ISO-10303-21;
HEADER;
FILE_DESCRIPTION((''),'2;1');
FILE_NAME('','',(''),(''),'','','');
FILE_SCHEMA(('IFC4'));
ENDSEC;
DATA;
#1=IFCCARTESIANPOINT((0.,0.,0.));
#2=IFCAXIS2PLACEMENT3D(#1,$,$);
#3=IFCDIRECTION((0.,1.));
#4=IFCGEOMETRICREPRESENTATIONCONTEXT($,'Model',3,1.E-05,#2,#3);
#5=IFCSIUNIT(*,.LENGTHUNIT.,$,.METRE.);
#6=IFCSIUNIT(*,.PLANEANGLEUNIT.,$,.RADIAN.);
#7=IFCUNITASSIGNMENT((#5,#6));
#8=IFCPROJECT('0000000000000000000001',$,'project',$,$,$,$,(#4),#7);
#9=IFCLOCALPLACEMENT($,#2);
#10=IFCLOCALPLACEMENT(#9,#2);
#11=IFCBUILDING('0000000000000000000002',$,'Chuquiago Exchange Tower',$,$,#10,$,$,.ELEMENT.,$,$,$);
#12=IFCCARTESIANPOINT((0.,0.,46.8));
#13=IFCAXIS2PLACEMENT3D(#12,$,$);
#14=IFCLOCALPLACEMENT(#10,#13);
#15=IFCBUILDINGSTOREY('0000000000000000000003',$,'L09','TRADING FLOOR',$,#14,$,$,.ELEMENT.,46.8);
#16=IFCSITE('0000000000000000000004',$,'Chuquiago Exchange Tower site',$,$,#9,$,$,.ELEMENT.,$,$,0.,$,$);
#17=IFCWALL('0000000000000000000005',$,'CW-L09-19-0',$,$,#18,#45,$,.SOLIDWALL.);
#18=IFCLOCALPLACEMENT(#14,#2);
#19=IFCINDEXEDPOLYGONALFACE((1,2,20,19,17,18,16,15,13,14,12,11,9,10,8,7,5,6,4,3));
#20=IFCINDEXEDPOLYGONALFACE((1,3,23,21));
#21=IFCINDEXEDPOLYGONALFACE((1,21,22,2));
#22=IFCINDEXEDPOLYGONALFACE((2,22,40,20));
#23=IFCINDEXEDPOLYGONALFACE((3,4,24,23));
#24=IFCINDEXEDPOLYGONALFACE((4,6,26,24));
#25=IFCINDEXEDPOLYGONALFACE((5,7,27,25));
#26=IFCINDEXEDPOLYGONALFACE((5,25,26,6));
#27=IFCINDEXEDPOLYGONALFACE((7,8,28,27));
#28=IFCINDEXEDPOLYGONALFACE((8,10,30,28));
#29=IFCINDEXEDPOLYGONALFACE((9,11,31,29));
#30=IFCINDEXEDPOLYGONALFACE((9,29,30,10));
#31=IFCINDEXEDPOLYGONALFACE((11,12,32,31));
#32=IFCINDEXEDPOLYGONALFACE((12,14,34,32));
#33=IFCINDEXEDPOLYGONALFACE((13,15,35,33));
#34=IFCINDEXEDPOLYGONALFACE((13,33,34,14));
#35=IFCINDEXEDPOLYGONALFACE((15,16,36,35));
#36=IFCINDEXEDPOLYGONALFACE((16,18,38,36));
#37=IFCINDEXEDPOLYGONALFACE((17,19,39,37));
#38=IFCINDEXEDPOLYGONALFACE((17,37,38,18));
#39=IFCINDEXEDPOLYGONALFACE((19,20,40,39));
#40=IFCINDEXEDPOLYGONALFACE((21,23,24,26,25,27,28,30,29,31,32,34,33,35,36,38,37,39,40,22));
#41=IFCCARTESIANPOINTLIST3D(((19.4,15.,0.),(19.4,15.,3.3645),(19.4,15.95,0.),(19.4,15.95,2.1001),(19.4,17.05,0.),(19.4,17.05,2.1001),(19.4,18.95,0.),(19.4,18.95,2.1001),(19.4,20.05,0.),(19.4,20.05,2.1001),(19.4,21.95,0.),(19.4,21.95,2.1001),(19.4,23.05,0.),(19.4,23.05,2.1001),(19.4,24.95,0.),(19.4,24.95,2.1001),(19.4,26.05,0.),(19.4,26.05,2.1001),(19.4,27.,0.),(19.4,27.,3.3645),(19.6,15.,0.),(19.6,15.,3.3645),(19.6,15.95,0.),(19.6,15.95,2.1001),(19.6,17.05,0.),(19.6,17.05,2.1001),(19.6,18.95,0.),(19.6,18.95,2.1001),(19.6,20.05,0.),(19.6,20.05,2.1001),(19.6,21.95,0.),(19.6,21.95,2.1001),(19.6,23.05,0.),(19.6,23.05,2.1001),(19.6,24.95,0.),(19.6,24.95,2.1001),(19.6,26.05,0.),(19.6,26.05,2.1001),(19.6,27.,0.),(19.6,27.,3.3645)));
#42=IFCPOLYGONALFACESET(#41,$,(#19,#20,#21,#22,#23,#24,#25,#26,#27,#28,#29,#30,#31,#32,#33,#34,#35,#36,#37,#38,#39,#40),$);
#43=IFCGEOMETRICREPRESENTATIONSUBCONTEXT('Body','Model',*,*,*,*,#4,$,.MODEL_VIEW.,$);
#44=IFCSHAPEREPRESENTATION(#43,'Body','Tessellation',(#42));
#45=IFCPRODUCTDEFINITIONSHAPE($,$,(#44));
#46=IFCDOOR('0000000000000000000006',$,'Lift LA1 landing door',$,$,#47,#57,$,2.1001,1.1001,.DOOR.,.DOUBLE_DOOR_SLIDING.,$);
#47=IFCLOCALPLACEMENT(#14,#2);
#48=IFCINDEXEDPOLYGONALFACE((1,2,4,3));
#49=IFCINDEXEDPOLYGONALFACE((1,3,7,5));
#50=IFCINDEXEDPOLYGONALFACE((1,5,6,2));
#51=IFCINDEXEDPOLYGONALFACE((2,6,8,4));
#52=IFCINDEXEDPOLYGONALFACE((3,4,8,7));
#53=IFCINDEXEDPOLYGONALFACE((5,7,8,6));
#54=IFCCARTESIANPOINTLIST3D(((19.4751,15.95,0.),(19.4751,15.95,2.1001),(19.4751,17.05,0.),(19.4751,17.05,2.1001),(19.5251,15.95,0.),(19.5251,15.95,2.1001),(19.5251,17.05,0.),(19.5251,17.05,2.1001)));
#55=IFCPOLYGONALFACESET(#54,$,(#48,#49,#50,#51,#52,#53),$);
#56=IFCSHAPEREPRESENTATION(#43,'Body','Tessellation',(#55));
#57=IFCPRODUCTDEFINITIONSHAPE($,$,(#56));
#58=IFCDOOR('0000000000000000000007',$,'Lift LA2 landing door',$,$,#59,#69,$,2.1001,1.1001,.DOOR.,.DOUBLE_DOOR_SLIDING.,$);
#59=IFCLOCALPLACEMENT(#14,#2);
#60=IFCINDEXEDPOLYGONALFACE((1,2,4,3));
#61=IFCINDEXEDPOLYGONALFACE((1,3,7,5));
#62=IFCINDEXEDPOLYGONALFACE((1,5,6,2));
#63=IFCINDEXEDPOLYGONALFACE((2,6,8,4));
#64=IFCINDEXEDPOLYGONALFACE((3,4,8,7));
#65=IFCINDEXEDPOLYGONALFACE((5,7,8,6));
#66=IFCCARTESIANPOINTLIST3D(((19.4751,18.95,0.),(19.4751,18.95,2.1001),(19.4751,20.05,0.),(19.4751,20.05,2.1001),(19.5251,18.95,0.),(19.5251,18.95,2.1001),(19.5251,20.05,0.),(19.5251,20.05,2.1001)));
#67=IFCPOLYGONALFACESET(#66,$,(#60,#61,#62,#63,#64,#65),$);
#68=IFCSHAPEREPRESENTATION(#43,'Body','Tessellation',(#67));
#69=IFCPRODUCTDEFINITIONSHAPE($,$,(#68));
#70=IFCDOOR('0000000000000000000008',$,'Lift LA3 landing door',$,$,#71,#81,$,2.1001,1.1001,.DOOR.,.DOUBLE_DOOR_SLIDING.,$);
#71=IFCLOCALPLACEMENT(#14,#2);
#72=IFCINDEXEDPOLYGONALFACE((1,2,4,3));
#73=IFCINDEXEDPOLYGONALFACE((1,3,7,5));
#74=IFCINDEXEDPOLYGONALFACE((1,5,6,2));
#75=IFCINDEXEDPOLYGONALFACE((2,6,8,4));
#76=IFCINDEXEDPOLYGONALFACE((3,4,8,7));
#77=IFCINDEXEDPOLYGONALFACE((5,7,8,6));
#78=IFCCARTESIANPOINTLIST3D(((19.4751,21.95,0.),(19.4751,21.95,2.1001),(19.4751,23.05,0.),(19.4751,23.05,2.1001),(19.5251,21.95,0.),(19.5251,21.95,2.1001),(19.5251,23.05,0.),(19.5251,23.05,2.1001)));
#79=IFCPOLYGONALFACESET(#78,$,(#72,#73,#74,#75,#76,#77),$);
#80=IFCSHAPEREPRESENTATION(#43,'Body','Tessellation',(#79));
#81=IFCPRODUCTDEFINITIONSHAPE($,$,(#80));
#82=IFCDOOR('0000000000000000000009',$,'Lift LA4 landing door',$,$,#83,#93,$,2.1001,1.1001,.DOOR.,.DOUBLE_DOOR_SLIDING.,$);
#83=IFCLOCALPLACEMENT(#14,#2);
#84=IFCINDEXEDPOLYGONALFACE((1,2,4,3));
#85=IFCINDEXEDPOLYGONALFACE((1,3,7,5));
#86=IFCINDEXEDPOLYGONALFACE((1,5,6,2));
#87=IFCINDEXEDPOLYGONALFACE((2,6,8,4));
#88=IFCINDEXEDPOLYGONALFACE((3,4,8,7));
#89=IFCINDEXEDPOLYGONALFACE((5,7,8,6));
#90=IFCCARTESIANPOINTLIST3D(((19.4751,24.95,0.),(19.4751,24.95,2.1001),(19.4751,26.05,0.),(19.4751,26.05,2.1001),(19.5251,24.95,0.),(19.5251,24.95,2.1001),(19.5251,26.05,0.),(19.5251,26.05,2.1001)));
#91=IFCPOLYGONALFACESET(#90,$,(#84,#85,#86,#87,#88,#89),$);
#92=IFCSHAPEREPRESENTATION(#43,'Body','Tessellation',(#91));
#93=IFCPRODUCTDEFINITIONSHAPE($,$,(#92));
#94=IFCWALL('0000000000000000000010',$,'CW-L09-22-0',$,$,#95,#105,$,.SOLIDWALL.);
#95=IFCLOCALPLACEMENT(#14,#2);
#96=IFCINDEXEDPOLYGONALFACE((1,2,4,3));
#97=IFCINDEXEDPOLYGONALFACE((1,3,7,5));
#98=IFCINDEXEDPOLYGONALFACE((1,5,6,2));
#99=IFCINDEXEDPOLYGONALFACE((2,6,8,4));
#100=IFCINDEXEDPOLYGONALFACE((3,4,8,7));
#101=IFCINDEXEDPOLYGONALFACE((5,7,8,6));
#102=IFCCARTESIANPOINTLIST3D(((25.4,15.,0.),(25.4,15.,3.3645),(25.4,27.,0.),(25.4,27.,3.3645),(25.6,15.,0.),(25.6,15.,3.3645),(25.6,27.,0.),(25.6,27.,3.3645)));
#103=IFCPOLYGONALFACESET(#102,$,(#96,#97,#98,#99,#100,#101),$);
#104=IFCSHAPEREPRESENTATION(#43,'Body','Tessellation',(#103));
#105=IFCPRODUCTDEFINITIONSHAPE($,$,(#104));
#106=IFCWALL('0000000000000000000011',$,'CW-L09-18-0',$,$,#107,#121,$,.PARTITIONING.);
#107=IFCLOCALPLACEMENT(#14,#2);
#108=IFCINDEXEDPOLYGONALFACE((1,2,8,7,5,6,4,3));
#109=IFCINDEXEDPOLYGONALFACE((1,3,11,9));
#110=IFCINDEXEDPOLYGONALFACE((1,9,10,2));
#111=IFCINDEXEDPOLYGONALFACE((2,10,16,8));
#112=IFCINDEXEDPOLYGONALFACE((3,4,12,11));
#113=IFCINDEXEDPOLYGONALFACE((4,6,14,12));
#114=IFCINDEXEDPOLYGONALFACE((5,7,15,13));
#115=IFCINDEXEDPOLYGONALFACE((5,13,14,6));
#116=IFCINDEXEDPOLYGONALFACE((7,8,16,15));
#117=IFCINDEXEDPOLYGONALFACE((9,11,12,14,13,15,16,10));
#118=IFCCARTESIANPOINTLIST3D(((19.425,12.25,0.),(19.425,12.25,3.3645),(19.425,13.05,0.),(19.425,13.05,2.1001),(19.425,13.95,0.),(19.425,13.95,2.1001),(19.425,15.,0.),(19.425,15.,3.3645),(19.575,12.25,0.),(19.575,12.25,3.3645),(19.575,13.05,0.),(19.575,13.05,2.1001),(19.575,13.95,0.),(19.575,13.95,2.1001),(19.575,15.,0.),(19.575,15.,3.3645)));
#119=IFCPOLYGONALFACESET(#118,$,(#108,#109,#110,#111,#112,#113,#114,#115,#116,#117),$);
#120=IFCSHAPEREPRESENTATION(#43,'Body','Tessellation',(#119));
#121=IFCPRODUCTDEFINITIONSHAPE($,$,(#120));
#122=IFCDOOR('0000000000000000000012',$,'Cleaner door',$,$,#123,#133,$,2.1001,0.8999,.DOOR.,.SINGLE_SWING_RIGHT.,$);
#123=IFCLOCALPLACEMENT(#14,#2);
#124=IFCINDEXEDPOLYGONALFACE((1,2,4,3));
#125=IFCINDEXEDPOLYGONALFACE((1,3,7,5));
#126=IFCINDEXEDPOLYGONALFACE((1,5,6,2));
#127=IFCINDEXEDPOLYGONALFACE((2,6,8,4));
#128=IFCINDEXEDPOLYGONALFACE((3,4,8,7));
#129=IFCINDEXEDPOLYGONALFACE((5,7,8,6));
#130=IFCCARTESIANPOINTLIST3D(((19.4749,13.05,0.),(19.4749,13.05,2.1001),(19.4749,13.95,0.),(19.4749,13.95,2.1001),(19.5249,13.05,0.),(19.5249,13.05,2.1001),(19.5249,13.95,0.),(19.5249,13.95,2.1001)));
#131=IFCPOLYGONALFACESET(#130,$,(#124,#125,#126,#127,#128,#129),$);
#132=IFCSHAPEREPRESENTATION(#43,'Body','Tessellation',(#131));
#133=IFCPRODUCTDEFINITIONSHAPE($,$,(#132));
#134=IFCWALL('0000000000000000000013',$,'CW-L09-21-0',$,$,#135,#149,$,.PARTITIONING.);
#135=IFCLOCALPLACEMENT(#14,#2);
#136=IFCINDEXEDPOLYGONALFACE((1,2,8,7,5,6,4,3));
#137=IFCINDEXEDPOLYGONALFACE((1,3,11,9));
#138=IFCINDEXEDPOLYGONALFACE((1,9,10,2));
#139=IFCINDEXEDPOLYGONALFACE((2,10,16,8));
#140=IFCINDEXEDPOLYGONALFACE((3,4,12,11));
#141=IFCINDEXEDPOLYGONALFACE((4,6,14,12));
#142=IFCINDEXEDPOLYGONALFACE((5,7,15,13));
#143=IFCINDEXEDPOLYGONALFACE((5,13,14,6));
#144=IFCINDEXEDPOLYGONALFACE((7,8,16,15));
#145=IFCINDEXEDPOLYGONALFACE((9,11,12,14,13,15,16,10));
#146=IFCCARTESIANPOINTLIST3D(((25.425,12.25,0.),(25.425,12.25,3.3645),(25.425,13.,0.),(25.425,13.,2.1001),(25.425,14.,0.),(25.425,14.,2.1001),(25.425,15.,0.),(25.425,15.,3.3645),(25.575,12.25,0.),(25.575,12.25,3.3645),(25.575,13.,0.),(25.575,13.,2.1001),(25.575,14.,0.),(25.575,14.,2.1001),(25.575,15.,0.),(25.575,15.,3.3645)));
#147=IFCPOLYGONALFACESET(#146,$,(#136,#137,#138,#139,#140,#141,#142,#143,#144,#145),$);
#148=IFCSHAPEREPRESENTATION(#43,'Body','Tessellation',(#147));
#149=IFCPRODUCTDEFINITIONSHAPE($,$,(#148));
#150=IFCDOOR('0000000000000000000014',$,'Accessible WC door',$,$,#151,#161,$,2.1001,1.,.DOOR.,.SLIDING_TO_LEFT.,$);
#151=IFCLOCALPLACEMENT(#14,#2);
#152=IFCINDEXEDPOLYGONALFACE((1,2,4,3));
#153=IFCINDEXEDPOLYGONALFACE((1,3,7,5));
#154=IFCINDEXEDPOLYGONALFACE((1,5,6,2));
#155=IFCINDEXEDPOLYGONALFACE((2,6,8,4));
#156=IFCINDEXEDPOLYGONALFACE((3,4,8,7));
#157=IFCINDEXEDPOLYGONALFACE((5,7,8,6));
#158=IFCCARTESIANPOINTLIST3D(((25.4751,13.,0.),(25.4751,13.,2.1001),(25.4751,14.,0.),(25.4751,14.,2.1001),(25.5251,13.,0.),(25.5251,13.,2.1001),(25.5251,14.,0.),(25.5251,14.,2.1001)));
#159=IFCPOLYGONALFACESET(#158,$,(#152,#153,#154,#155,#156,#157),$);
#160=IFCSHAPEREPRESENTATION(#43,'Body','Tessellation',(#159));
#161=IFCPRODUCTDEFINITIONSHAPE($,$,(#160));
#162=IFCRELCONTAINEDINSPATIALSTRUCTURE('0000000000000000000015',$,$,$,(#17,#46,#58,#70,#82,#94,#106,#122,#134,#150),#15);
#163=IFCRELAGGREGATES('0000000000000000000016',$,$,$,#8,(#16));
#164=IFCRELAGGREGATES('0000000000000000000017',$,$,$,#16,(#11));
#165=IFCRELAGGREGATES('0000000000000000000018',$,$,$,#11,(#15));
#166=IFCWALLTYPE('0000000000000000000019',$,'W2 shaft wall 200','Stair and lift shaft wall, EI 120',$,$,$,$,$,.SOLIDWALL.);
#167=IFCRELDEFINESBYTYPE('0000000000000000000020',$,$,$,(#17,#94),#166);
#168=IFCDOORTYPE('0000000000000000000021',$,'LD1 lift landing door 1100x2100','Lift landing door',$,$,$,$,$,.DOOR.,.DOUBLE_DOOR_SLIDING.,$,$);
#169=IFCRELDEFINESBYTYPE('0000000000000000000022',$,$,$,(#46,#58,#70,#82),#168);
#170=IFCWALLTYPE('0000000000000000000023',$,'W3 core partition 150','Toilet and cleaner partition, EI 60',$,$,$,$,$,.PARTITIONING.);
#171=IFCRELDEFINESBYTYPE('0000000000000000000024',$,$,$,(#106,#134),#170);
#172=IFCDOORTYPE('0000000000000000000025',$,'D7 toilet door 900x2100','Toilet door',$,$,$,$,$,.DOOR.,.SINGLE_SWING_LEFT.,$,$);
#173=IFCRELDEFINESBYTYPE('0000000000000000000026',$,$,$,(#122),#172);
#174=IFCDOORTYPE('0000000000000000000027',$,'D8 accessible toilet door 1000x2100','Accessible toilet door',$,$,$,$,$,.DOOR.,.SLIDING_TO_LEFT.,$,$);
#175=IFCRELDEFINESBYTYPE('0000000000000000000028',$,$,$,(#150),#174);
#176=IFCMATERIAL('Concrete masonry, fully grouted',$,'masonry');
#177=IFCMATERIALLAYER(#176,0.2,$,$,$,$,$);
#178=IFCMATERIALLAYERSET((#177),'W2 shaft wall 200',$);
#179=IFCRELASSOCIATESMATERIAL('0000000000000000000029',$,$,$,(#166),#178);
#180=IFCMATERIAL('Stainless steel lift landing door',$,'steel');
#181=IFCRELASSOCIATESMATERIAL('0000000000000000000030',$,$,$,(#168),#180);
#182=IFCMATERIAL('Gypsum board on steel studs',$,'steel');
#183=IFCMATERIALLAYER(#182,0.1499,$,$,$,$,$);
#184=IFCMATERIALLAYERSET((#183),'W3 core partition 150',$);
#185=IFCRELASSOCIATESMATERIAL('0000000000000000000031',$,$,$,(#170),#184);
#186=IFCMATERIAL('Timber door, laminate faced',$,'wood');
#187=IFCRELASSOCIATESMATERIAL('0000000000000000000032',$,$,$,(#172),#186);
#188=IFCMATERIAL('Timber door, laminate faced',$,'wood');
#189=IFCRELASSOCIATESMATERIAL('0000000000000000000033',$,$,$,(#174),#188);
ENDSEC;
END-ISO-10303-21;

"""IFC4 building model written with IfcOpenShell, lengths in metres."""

from ifc_helpers import new_model, si_unit, direction, frame, frame_2d, origin, place, context, subcontext, project, spatial, rectangle, extrude, material, layer, layer_set, type_object, element, fill, save


model = new_model("IFC4")

# Units and contexts
model_context = context("Model", 3, precision=1e-05, world=origin(), true_north=direction((0.0, 1.0)))
body_context = subcontext(model_context, "Body", "Model", "MODEL_VIEW")
ifc_project = project(units=[si_unit("LENGTHUNIT", "METRE"), si_unit("PLANEANGLEUNIT", "RADIAN")], contexts=[model_context])

# Site, building, storey
site_placement = place(None, origin())
site = spatial("IfcSite", under=ifc_project, at=site_placement, Name="Chuquiago Exchange Tower site", CompositionType="ELEMENT", RefElevation=0.0)
building_placement = place(site_placement, origin())
building = spatial("IfcBuilding", under=site, at=building_placement, Name="Chuquiago Exchange Tower", CompositionType="ELEMENT")
storey_placement = place(building_placement, frame((0.0, 0.0, 46.8)))
storey = spatial("IfcBuildingStorey", under=building, at=storey_placement, Name="L09", Description="TRADING FLOOR", CompositionType="ELEMENT", Elevation=46.8)

# Shared definitions
ifc_material_1 = material(Name="Concrete masonry, fully grouted", Category="masonry")
ifc_layer_1 = layer(ifc_material_1, 0.2)
ifc_layer_set_1 = layer_set([ifc_layer_1], Name="W2 shaft wall 200")
wall_type_1 = type_object("IfcWallType", Name="W2 shaft wall 200", Description="Stair and lift shaft wall, EI 120", PredefinedType="SOLIDWALL", material=ifc_layer_set_1)

# Wall, openings, doors
wall_1_placement = place(storey_placement, frame((19.5, 15.0, 0.0), z_axis=(0.0, 0.0, 1.0), x_axis=(0.0, 1.0, 0.0)))
wall_1 = element("IfcWall", 1, at=wall_1_placement, inside=storey, type_object=wall_type_1, Name="CW-L09-19-0", PredefinedType="SOLIDWALL", context=body_context, shape_type="SweptSolid", body=[
    extrude(rectangle(XDim=12.0, YDim=0.2, at=frame_2d((6.0, 0.0))), origin(), (0.0, 0.0, 1.0), 3.3645),
])
opening_1_placement = place(wall_1_placement, frame((0.95, 0.0, 0.0)))
opening_1 = element("IfcOpeningElement", 2, at=opening_1_placement, cuts=wall_1, PredefinedType="OPENING", context=body_context, shape_type="SweptSolid", body=[
    extrude(rectangle(XDim=1.1001, YDim=2.1001, at=frame_2d((0.55, 1.05))), frame((0.0, 0.1099, 0.0), z_axis=(0.0, -1.0, 0.0), x_axis=(1.0, 0.0, 0.0)), (0.0, 0.0, 1.0), 0.22),
])
opening_2_placement = place(wall_1_placement, frame((3.95, 0.0, 0.0)))
opening_2 = element("IfcOpeningElement", 3, at=opening_2_placement, cuts=wall_1, PredefinedType="OPENING", context=body_context, shape_type="SweptSolid", body=[
    extrude(rectangle(XDim=1.1001, YDim=2.1001, at=frame_2d((0.55, 1.05))), frame((0.0, 0.1099, 0.0), z_axis=(0.0, -1.0, 0.0), x_axis=(1.0, 0.0, 0.0)), (0.0, 0.0, 1.0), 0.22),
])
opening_3_placement = place(wall_1_placement, frame((6.95, 0.0, 0.0)))
opening_3 = element("IfcOpeningElement", 4, at=opening_3_placement, cuts=wall_1, PredefinedType="OPENING", context=body_context, shape_type="SweptSolid", body=[
    extrude(rectangle(XDim=1.1001, YDim=2.1001, at=frame_2d((0.55, 1.05))), frame((0.0, 0.1099, 0.0), z_axis=(0.0, -1.0, 0.0), x_axis=(1.0, 0.0, 0.0)), (0.0, 0.0, 1.0), 0.22),
])
opening_4_placement = place(wall_1_placement, frame((9.95, 0.0, 0.0)))
opening_4 = element("IfcOpeningElement", 5, at=opening_4_placement, cuts=wall_1, PredefinedType="OPENING", context=body_context, shape_type="SweptSolid", body=[
    extrude(rectangle(XDim=1.1001, YDim=2.1001, at=frame_2d((0.55, 1.05))), frame((0.0, 0.1099, 0.0), z_axis=(0.0, -1.0, 0.0), x_axis=(1.0, 0.0, 0.0)), (0.0, 0.0, 1.0), 0.22),
])
ifc_material_2 = material(Name="Stainless steel lift landing door", Category="steel")
door_type_1 = type_object("IfcDoorType", Name="LD1 lift landing door 1100x2100", Description="Lift landing door", OperationType="DOUBLE_DOOR_SLIDING", PredefinedType="DOOR", material=ifc_material_2)
door_1_placement = place(opening_1_placement, origin())
door_1 = element("IfcDoor", 6, at=door_1_placement, inside=storey, type_object=door_type_1, Name="Lift LA1 landing door", OperationType="DOUBLE_DOOR_SLIDING", OverallHeight=2.1001, OverallWidth=1.1001, PredefinedType="DOOR", context=body_context, shape_type="SweptSolid", body=[
    extrude(rectangle(XDim=1.1001, YDim=2.1001, at=frame_2d((0.55, 1.05))), frame((0.0, 0.0249, 0.0), z_axis=(0.0, -1.0, 0.0), x_axis=(1.0, 0.0, 0.0)), (0.0, 0.0, 1.0), 0.05),
])
fill(opening_1, door_1)
door_2_placement = place(opening_2_placement, origin())
door_2 = element("IfcDoor", 7, at=door_2_placement, inside=storey, type_object=door_type_1, Name="Lift LA2 landing door", OperationType="DOUBLE_DOOR_SLIDING", OverallHeight=2.1001, OverallWidth=1.1001, PredefinedType="DOOR", context=body_context, shape_type="SweptSolid", body=[
    extrude(rectangle(XDim=1.1001, YDim=2.1001, at=frame_2d((0.55, 1.05))), frame((0.0, 0.0249, 0.0), z_axis=(0.0, -1.0, 0.0), x_axis=(1.0, 0.0, 0.0)), (0.0, 0.0, 1.0), 0.05),
])
fill(opening_2, door_2)
door_3_placement = place(opening_3_placement, origin())
door_3 = element("IfcDoor", 8, at=door_3_placement, inside=storey, type_object=door_type_1, Name="Lift LA3 landing door", OperationType="DOUBLE_DOOR_SLIDING", OverallHeight=2.1001, OverallWidth=1.1001, PredefinedType="DOOR", context=body_context, shape_type="SweptSolid", body=[
    extrude(rectangle(XDim=1.1001, YDim=2.1001, at=frame_2d((0.55, 1.05))), frame((0.0, 0.0249, 0.0), z_axis=(0.0, -1.0, 0.0), x_axis=(1.0, 0.0, 0.0)), (0.0, 0.0, 1.0), 0.05),
])
fill(opening_3, door_3)
door_4_placement = place(opening_4_placement, origin())
door_4 = element("IfcDoor", 9, at=door_4_placement, inside=storey, type_object=door_type_1, Name="Lift LA4 landing door", OperationType="DOUBLE_DOOR_SLIDING", OverallHeight=2.1001, OverallWidth=1.1001, PredefinedType="DOOR", context=body_context, shape_type="SweptSolid", body=[
    extrude(rectangle(XDim=1.1001, YDim=2.1001, at=frame_2d((0.55, 1.05))), frame((0.0, 0.0249, 0.0), z_axis=(0.0, -1.0, 0.0), x_axis=(1.0, 0.0, 0.0)), (0.0, 0.0, 1.0), 0.05),
])
fill(opening_4, door_4)

# Wall
wall_2_placement = place(storey_placement, frame((25.5, 15.0, 0.0), z_axis=(0.0, 0.0, 1.0), x_axis=(0.0, 1.0, 0.0)))
element("IfcWall", 10, at=wall_2_placement, inside=storey, type_object=wall_type_1, Name="CW-L09-22-0", PredefinedType="SOLIDWALL", context=body_context, shape_type="SweptSolid", body=[
    extrude(rectangle(XDim=12.0, YDim=0.2, at=frame_2d((6.0, 0.0))), origin(), (0.0, 0.0, 1.0), 3.3645),
])

# Walls, openings, doors
ifc_material_3 = material(Name="Gypsum board on steel studs", Category="steel")
ifc_layer_2 = layer(ifc_material_3, 0.1499)
ifc_layer_set_2 = layer_set([ifc_layer_2], Name="W3 core partition 150")
wall_type_2 = type_object("IfcWallType", Name="W3 core partition 150", Description="Toilet and cleaner partition, EI 60", PredefinedType="PARTITIONING", material=ifc_layer_set_2)
wall_3_placement = place(storey_placement, frame((19.5, 12.25, 0.0), z_axis=(0.0, 0.0, 1.0), x_axis=(0.0, 1.0, 0.0)))
wall_3 = element("IfcWall", 11, at=wall_3_placement, inside=storey, type_object=wall_type_2, Name="CW-L09-18-0", PredefinedType="PARTITIONING", context=body_context, shape_type="SweptSolid", body=[
    extrude(rectangle(XDim=2.75, YDim=0.1499, at=frame_2d((1.375, 0.0))), origin(), (0.0, 0.0, 1.0), 3.3645),
])
opening_5_placement = place(wall_3_placement, frame((0.8, 0.0, 0.0)))
opening_5 = element("IfcOpeningElement", 12, at=opening_5_placement, cuts=wall_3, PredefinedType="OPENING", context=body_context, shape_type="SweptSolid", body=[
    extrude(rectangle(XDim=0.8999, YDim=2.1001, at=frame_2d((0.45, 1.05))), frame((0.0, 0.085, 0.0), z_axis=(0.0, -1.0, 0.0), x_axis=(1.0, 0.0, 0.0)), (0.0, 0.0, 1.0), 0.1699),
])
ifc_material_4 = material(Name="Timber door, laminate faced", Category="wood")
door_type_2 = type_object("IfcDoorType", Name="D7 toilet door 900x2100", Description="Toilet door", OperationType="SINGLE_SWING_LEFT", PredefinedType="DOOR", material=ifc_material_4)
door_5_placement = place(opening_5_placement, frame((0.8999, 0.0, 0.0), z_axis=(0.0, 0.0, 1.0), x_axis=(-1.0, 0.0, 0.0)))
door_5 = element("IfcDoor", 13, at=door_5_placement, inside=storey, type_object=door_type_2, Name="Cleaner door", OperationType="SINGLE_SWING_RIGHT", OverallHeight=2.1001, OverallWidth=0.8999, PredefinedType="DOOR", context=body_context, shape_type="SweptSolid", body=[
    extrude(rectangle(XDim=0.8999, YDim=2.1001, at=frame_2d((0.45, 1.05))), frame((0.0, 0.0249, 0.0), z_axis=(0.0, -1.0, 0.0), x_axis=(1.0, 0.0, 0.0)), (0.0, 0.0, 1.0), 0.05),
])
fill(opening_5, door_5)
wall_4_placement = place(storey_placement, frame((25.5, 12.25, 0.0), z_axis=(0.0, 0.0, 1.0), x_axis=(0.0, 1.0, 0.0)))
wall_4 = element("IfcWall", 14, at=wall_4_placement, inside=storey, type_object=wall_type_2, Name="CW-L09-21-0", PredefinedType="PARTITIONING", context=body_context, shape_type="SweptSolid", body=[
    extrude(rectangle(XDim=2.75, YDim=0.1499, at=frame_2d((1.375, 0.0))), origin(), (0.0, 0.0, 1.0), 3.3645),
])
opening_6_placement = place(wall_4_placement, frame((0.75, 0.0, 0.0)))
opening_6 = element("IfcOpeningElement", 15, at=opening_6_placement, cuts=wall_4, PredefinedType="OPENING", context=body_context, shape_type="SweptSolid", body=[
    extrude(rectangle(XDim=1.0, YDim=2.1001, at=frame_2d((0.5, 1.05))), frame((0.0, 0.085, 0.0), z_axis=(0.0, -1.0, 0.0), x_axis=(1.0, 0.0, 0.0)), (0.0, 0.0, 1.0), 0.1699),
])
ifc_material_5 = material(Name="Timber door, laminate faced", Category="wood")
door_type_3 = type_object("IfcDoorType", Name="D8 accessible toilet door 1000x2100", Description="Accessible toilet door", OperationType="SLIDING_TO_LEFT", PredefinedType="DOOR", material=ifc_material_5)
door_6_placement = place(opening_6_placement, origin())
door_6 = element("IfcDoor", 16, at=door_6_placement, inside=storey, type_object=door_type_3, Name="Accessible WC door", OperationType="SLIDING_TO_LEFT", OverallHeight=2.1001, OverallWidth=1.0, PredefinedType="DOOR", context=body_context, shape_type="SweptSolid", body=[
    extrude(rectangle(XDim=1.0, YDim=2.1001, at=frame_2d((0.5, 1.05))), frame((0.0, 0.0249, 0.0), z_axis=(0.0, -1.0, 0.0), x_axis=(1.0, 0.0, 0.0)), (0.0, 0.0, 1.0), 0.05),
])
fill(opening_6, door_6)

save(model, "model.ifc")
